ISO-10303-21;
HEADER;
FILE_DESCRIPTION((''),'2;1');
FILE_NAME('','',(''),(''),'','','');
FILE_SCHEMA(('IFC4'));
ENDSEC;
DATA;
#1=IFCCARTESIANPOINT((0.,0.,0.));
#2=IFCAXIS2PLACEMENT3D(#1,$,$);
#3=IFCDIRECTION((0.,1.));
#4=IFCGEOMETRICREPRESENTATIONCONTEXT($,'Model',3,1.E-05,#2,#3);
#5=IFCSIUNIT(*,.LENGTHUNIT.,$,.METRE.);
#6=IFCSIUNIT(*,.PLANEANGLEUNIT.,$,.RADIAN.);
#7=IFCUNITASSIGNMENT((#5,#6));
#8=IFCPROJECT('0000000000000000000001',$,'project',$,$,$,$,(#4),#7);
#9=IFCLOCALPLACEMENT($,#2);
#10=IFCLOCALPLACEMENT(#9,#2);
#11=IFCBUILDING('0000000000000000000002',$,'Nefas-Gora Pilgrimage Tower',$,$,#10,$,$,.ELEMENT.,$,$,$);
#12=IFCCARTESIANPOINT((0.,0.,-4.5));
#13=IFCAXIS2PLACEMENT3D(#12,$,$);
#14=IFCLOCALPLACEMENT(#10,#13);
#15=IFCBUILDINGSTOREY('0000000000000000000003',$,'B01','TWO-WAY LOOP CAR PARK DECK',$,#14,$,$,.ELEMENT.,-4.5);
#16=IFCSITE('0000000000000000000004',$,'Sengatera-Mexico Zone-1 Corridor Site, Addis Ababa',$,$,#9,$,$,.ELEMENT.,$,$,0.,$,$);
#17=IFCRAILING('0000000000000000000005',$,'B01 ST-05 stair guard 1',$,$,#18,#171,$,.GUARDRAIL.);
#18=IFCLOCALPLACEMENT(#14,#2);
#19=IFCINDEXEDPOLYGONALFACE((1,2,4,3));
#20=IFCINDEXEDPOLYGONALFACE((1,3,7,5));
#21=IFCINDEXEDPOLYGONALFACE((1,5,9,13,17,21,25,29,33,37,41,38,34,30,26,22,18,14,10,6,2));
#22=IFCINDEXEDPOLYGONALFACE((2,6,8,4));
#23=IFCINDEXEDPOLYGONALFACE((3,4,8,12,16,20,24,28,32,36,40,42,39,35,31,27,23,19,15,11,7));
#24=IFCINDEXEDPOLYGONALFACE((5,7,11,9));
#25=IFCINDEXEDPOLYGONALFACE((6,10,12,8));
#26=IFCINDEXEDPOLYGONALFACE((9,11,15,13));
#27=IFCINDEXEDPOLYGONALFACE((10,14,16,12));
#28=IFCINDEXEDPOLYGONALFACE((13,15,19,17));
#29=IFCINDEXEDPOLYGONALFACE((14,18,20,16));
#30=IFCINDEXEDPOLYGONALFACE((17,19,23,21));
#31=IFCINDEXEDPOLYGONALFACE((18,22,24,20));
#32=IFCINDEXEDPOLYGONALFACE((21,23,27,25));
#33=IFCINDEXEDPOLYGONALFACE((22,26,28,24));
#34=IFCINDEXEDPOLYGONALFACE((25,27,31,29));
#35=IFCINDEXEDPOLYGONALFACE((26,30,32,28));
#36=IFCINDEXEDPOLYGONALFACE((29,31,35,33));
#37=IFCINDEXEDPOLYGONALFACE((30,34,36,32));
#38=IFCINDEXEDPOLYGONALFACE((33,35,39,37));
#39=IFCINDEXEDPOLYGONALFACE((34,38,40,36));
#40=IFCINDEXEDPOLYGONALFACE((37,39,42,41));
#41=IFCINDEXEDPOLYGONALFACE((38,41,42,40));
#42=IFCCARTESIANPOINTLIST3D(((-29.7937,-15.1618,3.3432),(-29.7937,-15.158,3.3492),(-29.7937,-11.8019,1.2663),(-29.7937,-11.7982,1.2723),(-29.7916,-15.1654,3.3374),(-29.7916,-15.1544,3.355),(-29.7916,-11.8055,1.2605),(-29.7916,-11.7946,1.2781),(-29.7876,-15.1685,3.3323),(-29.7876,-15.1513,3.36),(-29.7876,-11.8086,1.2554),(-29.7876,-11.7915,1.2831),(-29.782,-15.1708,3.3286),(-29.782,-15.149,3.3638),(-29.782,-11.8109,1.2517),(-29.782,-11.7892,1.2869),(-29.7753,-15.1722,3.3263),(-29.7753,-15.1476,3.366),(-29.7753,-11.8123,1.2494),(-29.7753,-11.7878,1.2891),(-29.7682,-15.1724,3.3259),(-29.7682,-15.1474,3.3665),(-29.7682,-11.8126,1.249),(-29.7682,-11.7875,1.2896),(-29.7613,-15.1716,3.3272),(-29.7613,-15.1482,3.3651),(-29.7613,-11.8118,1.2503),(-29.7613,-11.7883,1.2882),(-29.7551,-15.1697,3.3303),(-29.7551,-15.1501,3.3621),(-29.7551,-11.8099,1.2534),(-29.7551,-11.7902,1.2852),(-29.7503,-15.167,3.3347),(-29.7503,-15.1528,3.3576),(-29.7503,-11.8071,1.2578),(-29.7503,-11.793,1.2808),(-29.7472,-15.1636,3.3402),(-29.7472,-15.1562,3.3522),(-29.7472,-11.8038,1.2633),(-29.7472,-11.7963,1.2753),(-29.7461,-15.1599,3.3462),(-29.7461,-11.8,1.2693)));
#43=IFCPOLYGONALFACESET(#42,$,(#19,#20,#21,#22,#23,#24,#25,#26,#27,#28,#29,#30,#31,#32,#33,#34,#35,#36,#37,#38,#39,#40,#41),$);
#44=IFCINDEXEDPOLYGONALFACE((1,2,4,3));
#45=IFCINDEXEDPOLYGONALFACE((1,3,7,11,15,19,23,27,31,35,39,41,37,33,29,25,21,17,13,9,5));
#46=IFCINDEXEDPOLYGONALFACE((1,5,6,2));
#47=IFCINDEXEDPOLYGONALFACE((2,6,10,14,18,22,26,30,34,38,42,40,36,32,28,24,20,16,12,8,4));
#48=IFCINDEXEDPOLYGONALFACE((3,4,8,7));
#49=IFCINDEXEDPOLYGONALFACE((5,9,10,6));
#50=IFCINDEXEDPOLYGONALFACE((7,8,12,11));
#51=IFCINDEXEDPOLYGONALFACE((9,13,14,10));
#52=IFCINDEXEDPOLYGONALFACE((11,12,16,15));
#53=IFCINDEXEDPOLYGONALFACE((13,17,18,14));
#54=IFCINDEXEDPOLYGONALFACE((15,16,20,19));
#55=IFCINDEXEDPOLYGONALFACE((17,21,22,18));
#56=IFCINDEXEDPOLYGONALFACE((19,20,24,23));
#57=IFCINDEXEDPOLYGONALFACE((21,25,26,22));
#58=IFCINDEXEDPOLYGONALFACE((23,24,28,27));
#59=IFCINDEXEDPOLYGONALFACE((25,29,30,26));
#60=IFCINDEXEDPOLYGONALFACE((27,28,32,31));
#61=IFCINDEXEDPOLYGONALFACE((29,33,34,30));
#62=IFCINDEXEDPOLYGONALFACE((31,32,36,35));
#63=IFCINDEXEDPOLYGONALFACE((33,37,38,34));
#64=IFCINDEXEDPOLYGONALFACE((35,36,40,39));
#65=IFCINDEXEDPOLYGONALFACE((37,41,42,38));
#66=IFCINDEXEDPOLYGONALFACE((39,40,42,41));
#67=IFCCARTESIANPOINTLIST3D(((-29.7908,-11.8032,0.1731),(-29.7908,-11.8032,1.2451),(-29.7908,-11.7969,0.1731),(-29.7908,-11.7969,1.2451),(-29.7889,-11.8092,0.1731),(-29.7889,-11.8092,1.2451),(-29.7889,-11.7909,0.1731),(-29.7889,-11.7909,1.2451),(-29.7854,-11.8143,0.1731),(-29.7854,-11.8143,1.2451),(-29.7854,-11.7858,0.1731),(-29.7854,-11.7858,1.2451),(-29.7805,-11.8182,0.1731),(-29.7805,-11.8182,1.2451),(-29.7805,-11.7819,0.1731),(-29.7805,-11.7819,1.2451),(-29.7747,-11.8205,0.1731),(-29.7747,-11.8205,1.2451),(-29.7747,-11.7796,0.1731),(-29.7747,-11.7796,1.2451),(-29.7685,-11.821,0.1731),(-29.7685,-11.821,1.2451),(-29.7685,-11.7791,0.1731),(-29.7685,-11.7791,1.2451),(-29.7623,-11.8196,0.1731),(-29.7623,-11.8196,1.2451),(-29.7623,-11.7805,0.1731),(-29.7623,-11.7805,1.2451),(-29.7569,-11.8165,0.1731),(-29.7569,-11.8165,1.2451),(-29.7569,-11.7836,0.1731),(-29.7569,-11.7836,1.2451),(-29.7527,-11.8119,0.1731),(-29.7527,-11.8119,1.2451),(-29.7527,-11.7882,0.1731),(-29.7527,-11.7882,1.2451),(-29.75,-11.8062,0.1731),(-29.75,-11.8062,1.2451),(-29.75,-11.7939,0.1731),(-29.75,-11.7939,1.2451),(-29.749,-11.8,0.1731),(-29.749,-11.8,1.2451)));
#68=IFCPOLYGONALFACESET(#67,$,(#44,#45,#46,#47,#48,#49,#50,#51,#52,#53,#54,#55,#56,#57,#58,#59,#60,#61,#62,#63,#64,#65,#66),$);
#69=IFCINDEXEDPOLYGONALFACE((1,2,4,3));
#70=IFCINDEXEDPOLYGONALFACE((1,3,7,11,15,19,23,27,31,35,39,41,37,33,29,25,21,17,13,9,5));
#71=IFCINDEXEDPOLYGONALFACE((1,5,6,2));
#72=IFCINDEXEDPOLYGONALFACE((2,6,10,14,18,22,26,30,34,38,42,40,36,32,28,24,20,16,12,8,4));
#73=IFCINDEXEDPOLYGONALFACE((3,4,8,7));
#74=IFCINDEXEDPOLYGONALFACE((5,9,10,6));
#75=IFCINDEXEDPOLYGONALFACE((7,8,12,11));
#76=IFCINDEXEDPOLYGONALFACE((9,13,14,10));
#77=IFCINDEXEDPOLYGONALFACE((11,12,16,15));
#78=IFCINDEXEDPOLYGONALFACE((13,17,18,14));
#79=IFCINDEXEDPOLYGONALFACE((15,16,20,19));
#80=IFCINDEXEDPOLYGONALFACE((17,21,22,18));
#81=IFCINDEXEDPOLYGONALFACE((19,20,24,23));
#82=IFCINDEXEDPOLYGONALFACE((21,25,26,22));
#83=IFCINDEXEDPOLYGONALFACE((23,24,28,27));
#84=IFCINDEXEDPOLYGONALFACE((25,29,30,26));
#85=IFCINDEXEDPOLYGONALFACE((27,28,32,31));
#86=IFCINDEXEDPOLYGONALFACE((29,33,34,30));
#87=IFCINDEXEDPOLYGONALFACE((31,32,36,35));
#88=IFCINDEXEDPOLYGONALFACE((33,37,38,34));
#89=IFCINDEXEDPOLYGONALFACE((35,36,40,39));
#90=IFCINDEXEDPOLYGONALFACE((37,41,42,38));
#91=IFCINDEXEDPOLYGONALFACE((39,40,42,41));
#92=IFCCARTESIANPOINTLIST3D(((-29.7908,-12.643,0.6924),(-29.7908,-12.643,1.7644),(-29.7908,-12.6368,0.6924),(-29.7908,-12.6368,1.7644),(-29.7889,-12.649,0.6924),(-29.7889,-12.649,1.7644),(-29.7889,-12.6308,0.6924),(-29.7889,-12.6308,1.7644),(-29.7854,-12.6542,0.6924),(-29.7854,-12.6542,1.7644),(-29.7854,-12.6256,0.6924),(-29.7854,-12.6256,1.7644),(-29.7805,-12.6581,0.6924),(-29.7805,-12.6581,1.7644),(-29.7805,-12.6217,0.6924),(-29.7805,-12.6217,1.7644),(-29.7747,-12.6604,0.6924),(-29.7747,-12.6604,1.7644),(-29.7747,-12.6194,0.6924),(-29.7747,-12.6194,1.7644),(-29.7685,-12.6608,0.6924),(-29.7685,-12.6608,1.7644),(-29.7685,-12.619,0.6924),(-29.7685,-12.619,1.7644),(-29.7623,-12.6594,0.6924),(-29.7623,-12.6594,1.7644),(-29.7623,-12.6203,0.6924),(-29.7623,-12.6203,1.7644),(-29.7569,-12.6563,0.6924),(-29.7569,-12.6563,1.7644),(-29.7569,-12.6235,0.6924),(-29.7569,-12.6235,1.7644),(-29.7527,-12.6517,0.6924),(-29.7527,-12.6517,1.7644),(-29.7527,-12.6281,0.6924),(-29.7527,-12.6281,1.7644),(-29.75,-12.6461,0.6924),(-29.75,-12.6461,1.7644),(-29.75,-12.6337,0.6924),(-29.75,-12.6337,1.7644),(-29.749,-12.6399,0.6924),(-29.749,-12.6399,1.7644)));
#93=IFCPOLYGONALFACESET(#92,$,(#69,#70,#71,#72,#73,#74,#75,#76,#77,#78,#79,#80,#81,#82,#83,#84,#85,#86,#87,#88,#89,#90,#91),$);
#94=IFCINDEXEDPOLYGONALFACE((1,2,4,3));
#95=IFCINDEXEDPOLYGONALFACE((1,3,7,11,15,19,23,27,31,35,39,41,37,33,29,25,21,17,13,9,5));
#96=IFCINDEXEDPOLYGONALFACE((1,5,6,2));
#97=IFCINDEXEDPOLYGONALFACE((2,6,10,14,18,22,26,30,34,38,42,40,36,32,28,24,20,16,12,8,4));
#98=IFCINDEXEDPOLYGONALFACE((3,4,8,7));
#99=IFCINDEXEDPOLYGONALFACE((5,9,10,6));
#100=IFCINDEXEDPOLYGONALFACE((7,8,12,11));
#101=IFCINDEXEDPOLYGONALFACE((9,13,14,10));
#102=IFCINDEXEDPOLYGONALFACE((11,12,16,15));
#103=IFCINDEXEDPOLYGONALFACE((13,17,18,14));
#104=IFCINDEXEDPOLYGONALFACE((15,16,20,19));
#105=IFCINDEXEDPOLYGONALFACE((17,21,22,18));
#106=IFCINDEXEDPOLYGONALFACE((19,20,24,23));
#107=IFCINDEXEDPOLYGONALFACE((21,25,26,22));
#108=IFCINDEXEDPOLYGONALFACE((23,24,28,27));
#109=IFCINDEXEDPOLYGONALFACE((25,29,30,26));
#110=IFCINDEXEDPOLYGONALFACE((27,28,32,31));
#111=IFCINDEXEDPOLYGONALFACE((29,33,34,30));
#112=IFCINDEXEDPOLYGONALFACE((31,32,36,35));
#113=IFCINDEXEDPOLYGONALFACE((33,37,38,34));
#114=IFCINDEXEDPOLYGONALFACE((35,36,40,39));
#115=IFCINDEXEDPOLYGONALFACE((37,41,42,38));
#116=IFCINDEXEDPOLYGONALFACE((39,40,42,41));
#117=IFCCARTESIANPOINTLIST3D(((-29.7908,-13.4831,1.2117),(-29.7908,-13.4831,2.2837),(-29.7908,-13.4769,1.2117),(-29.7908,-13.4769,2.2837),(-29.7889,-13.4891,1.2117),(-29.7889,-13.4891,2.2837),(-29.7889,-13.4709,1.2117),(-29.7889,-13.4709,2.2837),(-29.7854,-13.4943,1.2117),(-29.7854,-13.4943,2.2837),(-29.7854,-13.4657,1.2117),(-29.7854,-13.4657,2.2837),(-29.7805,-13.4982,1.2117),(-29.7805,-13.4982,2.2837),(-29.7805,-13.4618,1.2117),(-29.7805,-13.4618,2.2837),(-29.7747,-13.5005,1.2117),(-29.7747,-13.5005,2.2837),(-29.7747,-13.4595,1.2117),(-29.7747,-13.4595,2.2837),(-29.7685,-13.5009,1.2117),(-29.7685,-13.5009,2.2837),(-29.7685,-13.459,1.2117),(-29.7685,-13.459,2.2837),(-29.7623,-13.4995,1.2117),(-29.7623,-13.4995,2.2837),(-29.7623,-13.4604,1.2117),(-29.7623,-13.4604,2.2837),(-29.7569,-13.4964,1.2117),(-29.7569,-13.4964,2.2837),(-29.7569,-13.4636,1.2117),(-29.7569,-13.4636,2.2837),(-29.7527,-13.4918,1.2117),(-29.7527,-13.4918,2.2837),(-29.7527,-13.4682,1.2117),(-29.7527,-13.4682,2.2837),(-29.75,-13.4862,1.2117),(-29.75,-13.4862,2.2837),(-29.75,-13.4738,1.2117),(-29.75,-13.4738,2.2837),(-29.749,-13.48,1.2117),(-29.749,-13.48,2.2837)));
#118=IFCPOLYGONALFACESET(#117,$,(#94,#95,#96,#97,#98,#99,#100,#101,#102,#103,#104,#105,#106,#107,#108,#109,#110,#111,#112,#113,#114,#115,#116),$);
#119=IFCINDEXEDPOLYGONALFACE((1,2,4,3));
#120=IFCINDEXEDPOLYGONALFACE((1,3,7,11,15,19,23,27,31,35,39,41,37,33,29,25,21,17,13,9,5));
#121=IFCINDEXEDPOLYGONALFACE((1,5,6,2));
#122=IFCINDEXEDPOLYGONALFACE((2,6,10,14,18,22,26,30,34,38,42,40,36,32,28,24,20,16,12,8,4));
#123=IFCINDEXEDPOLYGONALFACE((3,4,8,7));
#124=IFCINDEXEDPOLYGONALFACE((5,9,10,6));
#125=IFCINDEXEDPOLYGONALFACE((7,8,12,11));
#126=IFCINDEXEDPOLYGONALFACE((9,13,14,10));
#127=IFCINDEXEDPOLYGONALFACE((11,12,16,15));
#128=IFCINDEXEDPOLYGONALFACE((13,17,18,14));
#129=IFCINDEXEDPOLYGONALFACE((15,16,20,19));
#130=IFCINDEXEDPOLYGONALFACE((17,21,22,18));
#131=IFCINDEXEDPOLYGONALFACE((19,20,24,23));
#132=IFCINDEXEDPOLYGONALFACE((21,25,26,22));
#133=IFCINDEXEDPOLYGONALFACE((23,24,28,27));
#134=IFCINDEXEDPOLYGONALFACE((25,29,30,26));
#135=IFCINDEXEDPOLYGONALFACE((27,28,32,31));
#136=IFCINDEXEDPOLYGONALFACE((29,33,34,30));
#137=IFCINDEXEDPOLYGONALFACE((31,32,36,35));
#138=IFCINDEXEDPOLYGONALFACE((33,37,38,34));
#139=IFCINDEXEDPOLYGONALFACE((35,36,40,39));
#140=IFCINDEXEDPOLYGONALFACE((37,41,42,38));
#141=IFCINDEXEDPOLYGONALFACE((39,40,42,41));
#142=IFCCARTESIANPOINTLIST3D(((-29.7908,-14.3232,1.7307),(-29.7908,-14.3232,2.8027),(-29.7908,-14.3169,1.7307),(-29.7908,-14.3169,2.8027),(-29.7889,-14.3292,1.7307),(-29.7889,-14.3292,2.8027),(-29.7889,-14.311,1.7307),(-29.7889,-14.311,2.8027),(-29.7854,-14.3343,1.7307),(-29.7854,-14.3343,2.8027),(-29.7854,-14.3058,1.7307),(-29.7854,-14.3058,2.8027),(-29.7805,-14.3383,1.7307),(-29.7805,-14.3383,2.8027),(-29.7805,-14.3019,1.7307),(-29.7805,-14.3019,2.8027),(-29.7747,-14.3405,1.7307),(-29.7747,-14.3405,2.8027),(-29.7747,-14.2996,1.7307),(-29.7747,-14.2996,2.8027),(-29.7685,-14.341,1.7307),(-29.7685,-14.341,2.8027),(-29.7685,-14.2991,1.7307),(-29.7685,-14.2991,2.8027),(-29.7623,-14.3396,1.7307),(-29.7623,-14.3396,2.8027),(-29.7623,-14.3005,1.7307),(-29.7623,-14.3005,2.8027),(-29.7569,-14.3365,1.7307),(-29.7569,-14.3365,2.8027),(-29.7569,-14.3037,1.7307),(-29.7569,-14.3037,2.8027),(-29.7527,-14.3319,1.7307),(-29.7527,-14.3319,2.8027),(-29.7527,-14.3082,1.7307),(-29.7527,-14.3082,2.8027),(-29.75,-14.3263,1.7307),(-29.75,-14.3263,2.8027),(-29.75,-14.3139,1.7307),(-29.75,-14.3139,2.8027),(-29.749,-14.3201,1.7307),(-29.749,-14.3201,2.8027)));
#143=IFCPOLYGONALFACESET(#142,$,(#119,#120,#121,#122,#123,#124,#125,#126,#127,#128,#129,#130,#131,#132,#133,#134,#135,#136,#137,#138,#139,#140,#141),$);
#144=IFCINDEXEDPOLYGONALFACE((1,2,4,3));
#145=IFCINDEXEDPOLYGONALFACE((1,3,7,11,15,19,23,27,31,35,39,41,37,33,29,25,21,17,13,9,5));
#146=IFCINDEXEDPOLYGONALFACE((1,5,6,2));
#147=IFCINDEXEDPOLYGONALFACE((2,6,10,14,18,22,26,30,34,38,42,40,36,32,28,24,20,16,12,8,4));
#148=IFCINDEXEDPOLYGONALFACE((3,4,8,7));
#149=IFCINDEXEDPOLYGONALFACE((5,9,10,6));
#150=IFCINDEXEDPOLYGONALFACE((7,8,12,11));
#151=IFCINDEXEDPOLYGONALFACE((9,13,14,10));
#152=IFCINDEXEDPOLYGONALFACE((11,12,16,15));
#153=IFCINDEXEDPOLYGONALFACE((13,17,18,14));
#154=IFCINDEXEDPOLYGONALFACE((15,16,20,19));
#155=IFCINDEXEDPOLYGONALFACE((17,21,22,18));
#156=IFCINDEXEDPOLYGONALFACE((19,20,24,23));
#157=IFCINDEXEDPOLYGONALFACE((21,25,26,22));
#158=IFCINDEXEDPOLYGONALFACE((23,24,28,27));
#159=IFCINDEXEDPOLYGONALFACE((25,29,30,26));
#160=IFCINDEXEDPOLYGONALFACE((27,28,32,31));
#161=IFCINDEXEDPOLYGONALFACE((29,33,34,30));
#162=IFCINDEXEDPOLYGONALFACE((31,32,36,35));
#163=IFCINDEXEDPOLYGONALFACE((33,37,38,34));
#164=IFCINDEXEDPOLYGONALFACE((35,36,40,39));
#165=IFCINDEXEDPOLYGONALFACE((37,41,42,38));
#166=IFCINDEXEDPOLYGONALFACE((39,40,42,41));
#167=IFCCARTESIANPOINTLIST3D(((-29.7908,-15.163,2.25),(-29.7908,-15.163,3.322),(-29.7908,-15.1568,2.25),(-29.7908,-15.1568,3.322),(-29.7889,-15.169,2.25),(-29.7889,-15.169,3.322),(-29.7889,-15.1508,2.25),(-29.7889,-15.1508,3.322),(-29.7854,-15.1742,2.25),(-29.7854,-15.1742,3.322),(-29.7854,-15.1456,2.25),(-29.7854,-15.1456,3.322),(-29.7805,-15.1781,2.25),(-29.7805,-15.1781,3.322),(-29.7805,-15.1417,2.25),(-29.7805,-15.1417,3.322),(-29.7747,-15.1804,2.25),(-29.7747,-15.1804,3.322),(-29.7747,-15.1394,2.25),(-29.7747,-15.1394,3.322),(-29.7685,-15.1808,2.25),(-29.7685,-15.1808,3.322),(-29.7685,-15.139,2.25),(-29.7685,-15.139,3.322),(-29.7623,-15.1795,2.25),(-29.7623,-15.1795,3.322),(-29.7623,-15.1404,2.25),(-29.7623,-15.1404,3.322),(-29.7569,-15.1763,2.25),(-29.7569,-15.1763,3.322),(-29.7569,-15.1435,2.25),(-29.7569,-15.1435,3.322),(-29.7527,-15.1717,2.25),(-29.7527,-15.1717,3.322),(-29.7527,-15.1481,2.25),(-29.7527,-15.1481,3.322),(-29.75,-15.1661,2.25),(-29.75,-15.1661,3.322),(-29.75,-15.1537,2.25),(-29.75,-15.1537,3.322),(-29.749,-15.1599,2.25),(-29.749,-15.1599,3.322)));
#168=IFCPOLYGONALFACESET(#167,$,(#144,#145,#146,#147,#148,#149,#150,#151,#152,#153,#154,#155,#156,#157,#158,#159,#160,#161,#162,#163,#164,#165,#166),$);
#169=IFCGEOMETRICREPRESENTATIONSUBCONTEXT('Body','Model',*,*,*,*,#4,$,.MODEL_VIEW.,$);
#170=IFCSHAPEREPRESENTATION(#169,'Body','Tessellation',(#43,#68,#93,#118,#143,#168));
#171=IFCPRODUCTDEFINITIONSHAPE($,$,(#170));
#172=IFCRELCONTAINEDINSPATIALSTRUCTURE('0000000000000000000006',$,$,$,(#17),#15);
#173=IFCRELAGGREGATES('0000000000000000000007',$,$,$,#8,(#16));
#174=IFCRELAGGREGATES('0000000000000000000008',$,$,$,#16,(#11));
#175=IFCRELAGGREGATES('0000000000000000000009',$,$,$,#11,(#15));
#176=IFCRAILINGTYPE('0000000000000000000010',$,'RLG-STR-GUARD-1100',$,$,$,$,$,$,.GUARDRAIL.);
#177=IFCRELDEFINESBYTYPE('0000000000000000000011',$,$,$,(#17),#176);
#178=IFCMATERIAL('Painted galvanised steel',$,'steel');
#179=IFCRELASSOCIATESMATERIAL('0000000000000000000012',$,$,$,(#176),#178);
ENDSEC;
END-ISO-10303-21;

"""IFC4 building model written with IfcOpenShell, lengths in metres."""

from ifc_helpers import new_model, si_unit, direction, frame, origin, origin_2d, place, context, subcontext, project, spatial, circle, extrude, material, type_object, element, save


model = new_model("IFC4")

# Units and contexts
model_context = context("Model", 3, precision=1e-05, world=origin(), true_north=direction((0.0, 1.0)))
body_context = subcontext(model_context, "Body", "Model", "MODEL_VIEW")
ifc_project = project(units=[si_unit("LENGTHUNIT", "METRE"), si_unit("PLANEANGLEUNIT", "RADIAN")], contexts=[model_context])

# Site, building, storey
site_placement = place(None, origin())
site = spatial("IfcSite", under=ifc_project, at=site_placement, Name="Sengatera-Mexico Zone-1 Corridor Site, Addis Ababa", CompositionType="ELEMENT", RefElevation=0.0)
building_placement = place(site_placement, origin())
building = spatial("IfcBuilding", under=site, at=building_placement, Name="Nefas-Gora Pilgrimage Tower", CompositionType="ELEMENT")
storey_placement = place(building_placement, frame((0.0, 0.0, -4.5)))
storey = spatial("IfcBuildingStorey", under=building, at=storey_placement, Name="B01", Description="TWO-WAY LOOP CAR PARK DECK", CompositionType="ELEMENT", Elevation=-4.5)

# Railing
ifc_material_1 = material(Name="Painted galvanised steel", Category="steel")
railing_type_1 = type_object("IfcRailingType", Name="RLG-STR-GUARD-1100", PredefinedType="GUARDRAIL", material=ifc_material_1)
railing_1_placement = place(storey_placement, frame((-29.77, -11.8, 0.1731)))
element("IfcRailing", 1, at=railing_1_placement, inside=storey, type_object=railing_type_1, Name="B01 ST-05 stair guard 1", PredefinedType="GUARDRAIL", context=body_context, shape_type="SweptSolid", body=[
    extrude(circle(Radius=0.0239, at=origin_2d()), frame((0.0, 0.0, 1.0962), z_axis=(0.0, -0.850606, 0.525803), x_axis=(1.0, 0.0, 0.0)), (0.0, 0.0, 1.0), 3.95),
    extrude(circle(Radius=0.021, at=origin_2d()), origin(), (0.0, 0.0, 1.0), 1.072),
    extrude(circle(Radius=0.021, at=origin_2d()), frame((0.0, -0.8398, 0.5193)), (0.0, 0.0, 1.0), 1.072),
    extrude(circle(Radius=0.021, at=origin_2d()), frame((0.0, -1.6799, 1.0386)), (0.0, 0.0, 1.0), 1.072),
    extrude(circle(Radius=0.021, at=origin_2d()), frame((0.0, -2.52, 1.5576)), (0.0, 0.0, 1.0), 1.072),
    extrude(circle(Radius=0.021, at=origin_2d()), frame((0.0, -3.3599, 2.0769)), (0.0, 0.0, 1.0), 1.072),
])

save(model, "model.ifc")
